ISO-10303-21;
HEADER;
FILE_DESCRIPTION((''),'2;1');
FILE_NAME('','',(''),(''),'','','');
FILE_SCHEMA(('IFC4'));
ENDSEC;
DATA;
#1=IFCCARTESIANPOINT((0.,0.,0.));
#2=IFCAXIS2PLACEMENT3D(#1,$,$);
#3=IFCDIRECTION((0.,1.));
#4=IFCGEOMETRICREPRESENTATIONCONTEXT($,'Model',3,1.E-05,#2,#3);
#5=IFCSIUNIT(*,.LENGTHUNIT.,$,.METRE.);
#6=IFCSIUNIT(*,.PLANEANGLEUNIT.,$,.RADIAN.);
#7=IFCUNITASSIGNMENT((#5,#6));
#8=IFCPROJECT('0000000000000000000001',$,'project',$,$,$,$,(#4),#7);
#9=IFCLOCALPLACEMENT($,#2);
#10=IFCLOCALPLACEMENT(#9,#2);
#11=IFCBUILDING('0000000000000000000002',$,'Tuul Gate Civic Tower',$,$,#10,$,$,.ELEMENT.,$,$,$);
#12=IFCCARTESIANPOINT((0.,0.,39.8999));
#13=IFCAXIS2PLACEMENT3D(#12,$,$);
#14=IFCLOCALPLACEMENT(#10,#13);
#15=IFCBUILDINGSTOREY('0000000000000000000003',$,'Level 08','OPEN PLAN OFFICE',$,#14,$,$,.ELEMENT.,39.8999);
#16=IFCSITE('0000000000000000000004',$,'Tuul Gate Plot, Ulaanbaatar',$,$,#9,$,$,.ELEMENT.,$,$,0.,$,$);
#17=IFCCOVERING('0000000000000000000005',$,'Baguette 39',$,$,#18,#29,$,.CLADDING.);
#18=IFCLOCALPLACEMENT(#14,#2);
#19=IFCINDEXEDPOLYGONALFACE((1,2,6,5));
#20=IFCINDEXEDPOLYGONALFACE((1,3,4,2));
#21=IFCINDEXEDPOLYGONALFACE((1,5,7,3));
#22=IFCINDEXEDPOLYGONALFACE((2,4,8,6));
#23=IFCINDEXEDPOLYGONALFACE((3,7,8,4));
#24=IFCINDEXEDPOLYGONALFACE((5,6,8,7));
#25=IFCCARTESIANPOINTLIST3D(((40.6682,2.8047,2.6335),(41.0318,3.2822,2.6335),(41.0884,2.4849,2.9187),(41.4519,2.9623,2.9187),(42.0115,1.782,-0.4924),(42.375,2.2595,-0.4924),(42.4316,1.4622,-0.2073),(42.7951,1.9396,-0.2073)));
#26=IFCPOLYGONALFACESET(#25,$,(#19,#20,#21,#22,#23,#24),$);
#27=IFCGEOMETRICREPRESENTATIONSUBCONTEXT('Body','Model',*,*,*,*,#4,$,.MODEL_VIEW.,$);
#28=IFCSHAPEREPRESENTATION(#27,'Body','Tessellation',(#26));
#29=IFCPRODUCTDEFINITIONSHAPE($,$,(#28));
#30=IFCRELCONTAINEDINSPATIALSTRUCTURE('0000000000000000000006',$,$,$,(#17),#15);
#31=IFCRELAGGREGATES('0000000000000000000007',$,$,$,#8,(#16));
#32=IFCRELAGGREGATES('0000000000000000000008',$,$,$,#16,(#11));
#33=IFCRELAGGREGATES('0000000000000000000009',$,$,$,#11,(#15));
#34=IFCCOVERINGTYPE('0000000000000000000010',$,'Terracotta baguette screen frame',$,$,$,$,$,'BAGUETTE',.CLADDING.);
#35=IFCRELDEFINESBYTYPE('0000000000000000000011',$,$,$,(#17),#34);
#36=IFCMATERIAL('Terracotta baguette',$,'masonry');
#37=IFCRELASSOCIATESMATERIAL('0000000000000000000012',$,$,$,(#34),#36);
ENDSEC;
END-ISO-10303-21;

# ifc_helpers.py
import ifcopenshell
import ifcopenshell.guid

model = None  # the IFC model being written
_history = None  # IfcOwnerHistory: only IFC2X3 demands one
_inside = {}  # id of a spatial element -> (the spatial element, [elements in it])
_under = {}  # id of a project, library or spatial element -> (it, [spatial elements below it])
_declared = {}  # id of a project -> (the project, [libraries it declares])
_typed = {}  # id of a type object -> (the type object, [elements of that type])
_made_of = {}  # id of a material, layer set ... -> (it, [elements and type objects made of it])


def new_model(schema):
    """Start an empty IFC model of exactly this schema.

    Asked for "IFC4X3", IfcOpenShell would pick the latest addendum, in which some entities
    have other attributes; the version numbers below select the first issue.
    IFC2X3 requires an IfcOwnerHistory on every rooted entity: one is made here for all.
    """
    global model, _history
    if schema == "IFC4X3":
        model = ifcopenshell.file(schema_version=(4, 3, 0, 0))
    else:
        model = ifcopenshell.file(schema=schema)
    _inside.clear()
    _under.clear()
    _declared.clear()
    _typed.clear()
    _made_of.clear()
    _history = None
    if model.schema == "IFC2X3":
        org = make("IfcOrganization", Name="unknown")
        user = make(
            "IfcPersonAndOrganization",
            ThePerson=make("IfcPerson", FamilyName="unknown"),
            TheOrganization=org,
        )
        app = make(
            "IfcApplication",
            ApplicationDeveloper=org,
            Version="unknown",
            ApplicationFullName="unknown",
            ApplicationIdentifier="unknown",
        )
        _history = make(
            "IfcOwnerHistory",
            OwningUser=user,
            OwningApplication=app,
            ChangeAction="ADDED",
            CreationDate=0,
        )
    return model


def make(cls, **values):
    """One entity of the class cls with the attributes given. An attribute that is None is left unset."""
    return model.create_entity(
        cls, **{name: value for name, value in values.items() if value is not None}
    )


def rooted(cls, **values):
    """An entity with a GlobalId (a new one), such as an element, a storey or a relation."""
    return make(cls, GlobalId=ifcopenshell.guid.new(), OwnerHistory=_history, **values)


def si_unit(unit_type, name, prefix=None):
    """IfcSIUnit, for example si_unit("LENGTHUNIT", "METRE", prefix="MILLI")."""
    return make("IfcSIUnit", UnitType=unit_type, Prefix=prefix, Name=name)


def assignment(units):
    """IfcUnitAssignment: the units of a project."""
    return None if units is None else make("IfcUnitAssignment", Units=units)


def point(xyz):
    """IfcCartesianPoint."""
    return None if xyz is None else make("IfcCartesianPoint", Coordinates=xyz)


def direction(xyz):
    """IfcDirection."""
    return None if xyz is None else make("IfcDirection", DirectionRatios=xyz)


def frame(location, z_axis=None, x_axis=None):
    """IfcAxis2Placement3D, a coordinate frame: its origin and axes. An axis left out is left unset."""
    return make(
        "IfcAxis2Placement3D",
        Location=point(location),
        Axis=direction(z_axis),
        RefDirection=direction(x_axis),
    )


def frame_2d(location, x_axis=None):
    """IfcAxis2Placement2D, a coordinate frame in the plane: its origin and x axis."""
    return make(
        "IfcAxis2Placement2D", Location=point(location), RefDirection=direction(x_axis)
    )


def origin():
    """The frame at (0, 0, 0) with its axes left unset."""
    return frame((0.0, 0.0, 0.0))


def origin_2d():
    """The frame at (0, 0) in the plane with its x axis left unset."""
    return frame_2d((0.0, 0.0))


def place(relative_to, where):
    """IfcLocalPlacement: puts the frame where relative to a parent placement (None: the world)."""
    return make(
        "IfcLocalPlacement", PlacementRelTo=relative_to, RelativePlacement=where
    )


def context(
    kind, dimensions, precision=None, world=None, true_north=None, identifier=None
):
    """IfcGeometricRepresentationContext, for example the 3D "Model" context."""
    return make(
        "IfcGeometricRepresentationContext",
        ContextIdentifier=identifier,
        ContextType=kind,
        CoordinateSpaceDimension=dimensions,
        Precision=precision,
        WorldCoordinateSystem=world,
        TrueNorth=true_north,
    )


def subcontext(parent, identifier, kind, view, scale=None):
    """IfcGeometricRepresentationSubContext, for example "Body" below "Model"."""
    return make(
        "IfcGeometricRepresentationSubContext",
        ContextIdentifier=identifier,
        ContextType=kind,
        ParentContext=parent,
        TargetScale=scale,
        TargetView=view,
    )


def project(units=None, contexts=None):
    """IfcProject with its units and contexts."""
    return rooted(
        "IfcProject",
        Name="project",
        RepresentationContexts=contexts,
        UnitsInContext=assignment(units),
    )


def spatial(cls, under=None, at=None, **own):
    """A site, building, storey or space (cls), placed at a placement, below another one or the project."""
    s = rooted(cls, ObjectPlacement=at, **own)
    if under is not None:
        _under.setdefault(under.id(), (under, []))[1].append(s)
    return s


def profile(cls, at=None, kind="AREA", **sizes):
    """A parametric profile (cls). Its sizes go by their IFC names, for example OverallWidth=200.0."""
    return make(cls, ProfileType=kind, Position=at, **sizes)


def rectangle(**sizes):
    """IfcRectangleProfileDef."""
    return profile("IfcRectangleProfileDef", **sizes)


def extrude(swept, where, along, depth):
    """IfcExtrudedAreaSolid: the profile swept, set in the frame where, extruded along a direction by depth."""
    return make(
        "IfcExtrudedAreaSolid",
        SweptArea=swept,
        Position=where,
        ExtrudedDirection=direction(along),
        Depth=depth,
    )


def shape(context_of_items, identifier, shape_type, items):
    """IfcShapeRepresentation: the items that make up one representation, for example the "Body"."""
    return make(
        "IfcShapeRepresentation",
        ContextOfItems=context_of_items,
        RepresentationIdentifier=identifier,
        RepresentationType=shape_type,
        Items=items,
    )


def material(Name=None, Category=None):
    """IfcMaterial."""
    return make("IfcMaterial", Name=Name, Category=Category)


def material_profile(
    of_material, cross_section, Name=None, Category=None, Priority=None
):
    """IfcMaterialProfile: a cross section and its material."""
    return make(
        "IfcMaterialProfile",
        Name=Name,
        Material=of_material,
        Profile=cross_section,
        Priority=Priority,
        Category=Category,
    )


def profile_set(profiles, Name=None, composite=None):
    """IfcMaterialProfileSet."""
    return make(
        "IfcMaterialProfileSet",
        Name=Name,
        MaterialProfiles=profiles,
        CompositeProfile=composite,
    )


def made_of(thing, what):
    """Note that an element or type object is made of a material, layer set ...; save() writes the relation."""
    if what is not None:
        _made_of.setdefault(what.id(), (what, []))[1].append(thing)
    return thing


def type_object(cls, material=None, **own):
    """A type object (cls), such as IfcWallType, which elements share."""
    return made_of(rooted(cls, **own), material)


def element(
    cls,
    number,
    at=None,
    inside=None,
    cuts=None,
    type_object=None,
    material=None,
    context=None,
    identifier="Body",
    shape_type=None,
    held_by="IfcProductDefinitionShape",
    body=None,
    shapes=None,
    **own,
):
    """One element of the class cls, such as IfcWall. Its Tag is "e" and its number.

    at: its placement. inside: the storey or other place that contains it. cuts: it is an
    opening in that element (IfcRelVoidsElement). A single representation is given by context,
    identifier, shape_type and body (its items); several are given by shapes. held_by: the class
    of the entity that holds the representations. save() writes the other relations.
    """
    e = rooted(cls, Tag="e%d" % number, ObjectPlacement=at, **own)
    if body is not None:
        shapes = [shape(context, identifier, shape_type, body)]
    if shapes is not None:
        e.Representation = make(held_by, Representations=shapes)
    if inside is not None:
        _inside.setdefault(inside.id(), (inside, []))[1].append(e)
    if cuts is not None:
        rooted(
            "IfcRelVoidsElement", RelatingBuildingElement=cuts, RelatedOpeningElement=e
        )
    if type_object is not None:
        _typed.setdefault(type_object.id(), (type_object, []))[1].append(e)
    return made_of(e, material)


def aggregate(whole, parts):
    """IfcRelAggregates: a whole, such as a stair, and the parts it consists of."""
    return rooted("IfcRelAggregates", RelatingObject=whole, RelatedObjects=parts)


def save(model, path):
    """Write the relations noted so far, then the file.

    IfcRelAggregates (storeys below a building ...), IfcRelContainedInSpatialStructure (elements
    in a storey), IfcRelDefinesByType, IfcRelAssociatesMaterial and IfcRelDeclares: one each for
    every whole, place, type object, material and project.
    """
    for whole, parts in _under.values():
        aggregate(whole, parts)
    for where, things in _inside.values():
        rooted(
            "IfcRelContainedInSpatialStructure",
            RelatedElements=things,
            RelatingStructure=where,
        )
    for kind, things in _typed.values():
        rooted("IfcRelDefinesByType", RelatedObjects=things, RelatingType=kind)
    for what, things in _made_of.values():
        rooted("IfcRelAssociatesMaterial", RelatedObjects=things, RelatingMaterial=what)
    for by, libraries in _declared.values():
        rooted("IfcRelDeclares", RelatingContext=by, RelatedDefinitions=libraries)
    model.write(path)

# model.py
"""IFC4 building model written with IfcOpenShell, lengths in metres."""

from ifc_helpers import new_model, si_unit, direction, frame, origin, origin_2d, place, context, subcontext, project, spatial, rectangle, extrude, material, material_profile, profile_set, type_object, element, save


model = new_model("IFC4")

# Units and contexts
model_context = context("Model", 3, precision=1e-05, world=origin(), true_north=direction((0.0, 1.0)))
body_context = subcontext(model_context, "Body", "Model", "MODEL_VIEW")
ifc_project = project(units=[si_unit("LENGTHUNIT", "METRE"), si_unit("PLANEANGLEUNIT", "RADIAN")], contexts=[model_context])

# Site, building, storey
site_placement = place(None, origin())
site = spatial("IfcSite", under=ifc_project, at=site_placement, Name="Tuul Gate Plot, Ulaanbaatar", CompositionType="ELEMENT", RefElevation=0.0)
building_placement = place(site_placement, origin())
building = spatial("IfcBuilding", under=site, at=building_placement, Name="Tuul Gate Civic Tower", CompositionType="ELEMENT")
storey_placement = place(building_placement, frame((0.0, 0.0, 39.8999)))
storey = spatial("IfcBuildingStorey", under=building, at=storey_placement, Name="Level 08", Description="OPEN PLAN OFFICE", CompositionType="ELEMENT", Elevation=39.8999)

# Covering
ifc_material_1 = material(Name="Terracotta baguette", Category="masonry")
ifc_material_profile_1 = material_profile(ifc_material_1, rectangle(XDim=0.6001, YDim=0.6001, at=origin_2d()), Name="Terracotta baguette screen frame")
ifc_profile_set_1 = profile_set([ifc_material_profile_1], Name="Terracotta baguette")
covering_type = type_object("IfcCoveringType", Name="Terracotta baguette screen frame", ElementType="BAGUETTE", PredefinedType="CLADDING", material=ifc_profile_set_1)
covering_1_placement = place(storey_placement, frame((42.4033, 1.8608, -0.3499), z_axis=(-0.378091, 0.287863, 0.879876), x_axis=(-0.605769, -0.795641, 0.0)))
element("IfcCovering", 1, at=covering_1_placement, inside=storey, type_object=covering_type, Name="Baguette 39", PredefinedType="CLADDING", context=body_context, shape_type="SweptSolid", body=[
    extrude(rectangle(XDim=0.6001, YDim=0.6001, at=origin_2d()), origin(), (0.0, 0.0, 1.0), 3.5527),
])

save(model, "model.ifc")
